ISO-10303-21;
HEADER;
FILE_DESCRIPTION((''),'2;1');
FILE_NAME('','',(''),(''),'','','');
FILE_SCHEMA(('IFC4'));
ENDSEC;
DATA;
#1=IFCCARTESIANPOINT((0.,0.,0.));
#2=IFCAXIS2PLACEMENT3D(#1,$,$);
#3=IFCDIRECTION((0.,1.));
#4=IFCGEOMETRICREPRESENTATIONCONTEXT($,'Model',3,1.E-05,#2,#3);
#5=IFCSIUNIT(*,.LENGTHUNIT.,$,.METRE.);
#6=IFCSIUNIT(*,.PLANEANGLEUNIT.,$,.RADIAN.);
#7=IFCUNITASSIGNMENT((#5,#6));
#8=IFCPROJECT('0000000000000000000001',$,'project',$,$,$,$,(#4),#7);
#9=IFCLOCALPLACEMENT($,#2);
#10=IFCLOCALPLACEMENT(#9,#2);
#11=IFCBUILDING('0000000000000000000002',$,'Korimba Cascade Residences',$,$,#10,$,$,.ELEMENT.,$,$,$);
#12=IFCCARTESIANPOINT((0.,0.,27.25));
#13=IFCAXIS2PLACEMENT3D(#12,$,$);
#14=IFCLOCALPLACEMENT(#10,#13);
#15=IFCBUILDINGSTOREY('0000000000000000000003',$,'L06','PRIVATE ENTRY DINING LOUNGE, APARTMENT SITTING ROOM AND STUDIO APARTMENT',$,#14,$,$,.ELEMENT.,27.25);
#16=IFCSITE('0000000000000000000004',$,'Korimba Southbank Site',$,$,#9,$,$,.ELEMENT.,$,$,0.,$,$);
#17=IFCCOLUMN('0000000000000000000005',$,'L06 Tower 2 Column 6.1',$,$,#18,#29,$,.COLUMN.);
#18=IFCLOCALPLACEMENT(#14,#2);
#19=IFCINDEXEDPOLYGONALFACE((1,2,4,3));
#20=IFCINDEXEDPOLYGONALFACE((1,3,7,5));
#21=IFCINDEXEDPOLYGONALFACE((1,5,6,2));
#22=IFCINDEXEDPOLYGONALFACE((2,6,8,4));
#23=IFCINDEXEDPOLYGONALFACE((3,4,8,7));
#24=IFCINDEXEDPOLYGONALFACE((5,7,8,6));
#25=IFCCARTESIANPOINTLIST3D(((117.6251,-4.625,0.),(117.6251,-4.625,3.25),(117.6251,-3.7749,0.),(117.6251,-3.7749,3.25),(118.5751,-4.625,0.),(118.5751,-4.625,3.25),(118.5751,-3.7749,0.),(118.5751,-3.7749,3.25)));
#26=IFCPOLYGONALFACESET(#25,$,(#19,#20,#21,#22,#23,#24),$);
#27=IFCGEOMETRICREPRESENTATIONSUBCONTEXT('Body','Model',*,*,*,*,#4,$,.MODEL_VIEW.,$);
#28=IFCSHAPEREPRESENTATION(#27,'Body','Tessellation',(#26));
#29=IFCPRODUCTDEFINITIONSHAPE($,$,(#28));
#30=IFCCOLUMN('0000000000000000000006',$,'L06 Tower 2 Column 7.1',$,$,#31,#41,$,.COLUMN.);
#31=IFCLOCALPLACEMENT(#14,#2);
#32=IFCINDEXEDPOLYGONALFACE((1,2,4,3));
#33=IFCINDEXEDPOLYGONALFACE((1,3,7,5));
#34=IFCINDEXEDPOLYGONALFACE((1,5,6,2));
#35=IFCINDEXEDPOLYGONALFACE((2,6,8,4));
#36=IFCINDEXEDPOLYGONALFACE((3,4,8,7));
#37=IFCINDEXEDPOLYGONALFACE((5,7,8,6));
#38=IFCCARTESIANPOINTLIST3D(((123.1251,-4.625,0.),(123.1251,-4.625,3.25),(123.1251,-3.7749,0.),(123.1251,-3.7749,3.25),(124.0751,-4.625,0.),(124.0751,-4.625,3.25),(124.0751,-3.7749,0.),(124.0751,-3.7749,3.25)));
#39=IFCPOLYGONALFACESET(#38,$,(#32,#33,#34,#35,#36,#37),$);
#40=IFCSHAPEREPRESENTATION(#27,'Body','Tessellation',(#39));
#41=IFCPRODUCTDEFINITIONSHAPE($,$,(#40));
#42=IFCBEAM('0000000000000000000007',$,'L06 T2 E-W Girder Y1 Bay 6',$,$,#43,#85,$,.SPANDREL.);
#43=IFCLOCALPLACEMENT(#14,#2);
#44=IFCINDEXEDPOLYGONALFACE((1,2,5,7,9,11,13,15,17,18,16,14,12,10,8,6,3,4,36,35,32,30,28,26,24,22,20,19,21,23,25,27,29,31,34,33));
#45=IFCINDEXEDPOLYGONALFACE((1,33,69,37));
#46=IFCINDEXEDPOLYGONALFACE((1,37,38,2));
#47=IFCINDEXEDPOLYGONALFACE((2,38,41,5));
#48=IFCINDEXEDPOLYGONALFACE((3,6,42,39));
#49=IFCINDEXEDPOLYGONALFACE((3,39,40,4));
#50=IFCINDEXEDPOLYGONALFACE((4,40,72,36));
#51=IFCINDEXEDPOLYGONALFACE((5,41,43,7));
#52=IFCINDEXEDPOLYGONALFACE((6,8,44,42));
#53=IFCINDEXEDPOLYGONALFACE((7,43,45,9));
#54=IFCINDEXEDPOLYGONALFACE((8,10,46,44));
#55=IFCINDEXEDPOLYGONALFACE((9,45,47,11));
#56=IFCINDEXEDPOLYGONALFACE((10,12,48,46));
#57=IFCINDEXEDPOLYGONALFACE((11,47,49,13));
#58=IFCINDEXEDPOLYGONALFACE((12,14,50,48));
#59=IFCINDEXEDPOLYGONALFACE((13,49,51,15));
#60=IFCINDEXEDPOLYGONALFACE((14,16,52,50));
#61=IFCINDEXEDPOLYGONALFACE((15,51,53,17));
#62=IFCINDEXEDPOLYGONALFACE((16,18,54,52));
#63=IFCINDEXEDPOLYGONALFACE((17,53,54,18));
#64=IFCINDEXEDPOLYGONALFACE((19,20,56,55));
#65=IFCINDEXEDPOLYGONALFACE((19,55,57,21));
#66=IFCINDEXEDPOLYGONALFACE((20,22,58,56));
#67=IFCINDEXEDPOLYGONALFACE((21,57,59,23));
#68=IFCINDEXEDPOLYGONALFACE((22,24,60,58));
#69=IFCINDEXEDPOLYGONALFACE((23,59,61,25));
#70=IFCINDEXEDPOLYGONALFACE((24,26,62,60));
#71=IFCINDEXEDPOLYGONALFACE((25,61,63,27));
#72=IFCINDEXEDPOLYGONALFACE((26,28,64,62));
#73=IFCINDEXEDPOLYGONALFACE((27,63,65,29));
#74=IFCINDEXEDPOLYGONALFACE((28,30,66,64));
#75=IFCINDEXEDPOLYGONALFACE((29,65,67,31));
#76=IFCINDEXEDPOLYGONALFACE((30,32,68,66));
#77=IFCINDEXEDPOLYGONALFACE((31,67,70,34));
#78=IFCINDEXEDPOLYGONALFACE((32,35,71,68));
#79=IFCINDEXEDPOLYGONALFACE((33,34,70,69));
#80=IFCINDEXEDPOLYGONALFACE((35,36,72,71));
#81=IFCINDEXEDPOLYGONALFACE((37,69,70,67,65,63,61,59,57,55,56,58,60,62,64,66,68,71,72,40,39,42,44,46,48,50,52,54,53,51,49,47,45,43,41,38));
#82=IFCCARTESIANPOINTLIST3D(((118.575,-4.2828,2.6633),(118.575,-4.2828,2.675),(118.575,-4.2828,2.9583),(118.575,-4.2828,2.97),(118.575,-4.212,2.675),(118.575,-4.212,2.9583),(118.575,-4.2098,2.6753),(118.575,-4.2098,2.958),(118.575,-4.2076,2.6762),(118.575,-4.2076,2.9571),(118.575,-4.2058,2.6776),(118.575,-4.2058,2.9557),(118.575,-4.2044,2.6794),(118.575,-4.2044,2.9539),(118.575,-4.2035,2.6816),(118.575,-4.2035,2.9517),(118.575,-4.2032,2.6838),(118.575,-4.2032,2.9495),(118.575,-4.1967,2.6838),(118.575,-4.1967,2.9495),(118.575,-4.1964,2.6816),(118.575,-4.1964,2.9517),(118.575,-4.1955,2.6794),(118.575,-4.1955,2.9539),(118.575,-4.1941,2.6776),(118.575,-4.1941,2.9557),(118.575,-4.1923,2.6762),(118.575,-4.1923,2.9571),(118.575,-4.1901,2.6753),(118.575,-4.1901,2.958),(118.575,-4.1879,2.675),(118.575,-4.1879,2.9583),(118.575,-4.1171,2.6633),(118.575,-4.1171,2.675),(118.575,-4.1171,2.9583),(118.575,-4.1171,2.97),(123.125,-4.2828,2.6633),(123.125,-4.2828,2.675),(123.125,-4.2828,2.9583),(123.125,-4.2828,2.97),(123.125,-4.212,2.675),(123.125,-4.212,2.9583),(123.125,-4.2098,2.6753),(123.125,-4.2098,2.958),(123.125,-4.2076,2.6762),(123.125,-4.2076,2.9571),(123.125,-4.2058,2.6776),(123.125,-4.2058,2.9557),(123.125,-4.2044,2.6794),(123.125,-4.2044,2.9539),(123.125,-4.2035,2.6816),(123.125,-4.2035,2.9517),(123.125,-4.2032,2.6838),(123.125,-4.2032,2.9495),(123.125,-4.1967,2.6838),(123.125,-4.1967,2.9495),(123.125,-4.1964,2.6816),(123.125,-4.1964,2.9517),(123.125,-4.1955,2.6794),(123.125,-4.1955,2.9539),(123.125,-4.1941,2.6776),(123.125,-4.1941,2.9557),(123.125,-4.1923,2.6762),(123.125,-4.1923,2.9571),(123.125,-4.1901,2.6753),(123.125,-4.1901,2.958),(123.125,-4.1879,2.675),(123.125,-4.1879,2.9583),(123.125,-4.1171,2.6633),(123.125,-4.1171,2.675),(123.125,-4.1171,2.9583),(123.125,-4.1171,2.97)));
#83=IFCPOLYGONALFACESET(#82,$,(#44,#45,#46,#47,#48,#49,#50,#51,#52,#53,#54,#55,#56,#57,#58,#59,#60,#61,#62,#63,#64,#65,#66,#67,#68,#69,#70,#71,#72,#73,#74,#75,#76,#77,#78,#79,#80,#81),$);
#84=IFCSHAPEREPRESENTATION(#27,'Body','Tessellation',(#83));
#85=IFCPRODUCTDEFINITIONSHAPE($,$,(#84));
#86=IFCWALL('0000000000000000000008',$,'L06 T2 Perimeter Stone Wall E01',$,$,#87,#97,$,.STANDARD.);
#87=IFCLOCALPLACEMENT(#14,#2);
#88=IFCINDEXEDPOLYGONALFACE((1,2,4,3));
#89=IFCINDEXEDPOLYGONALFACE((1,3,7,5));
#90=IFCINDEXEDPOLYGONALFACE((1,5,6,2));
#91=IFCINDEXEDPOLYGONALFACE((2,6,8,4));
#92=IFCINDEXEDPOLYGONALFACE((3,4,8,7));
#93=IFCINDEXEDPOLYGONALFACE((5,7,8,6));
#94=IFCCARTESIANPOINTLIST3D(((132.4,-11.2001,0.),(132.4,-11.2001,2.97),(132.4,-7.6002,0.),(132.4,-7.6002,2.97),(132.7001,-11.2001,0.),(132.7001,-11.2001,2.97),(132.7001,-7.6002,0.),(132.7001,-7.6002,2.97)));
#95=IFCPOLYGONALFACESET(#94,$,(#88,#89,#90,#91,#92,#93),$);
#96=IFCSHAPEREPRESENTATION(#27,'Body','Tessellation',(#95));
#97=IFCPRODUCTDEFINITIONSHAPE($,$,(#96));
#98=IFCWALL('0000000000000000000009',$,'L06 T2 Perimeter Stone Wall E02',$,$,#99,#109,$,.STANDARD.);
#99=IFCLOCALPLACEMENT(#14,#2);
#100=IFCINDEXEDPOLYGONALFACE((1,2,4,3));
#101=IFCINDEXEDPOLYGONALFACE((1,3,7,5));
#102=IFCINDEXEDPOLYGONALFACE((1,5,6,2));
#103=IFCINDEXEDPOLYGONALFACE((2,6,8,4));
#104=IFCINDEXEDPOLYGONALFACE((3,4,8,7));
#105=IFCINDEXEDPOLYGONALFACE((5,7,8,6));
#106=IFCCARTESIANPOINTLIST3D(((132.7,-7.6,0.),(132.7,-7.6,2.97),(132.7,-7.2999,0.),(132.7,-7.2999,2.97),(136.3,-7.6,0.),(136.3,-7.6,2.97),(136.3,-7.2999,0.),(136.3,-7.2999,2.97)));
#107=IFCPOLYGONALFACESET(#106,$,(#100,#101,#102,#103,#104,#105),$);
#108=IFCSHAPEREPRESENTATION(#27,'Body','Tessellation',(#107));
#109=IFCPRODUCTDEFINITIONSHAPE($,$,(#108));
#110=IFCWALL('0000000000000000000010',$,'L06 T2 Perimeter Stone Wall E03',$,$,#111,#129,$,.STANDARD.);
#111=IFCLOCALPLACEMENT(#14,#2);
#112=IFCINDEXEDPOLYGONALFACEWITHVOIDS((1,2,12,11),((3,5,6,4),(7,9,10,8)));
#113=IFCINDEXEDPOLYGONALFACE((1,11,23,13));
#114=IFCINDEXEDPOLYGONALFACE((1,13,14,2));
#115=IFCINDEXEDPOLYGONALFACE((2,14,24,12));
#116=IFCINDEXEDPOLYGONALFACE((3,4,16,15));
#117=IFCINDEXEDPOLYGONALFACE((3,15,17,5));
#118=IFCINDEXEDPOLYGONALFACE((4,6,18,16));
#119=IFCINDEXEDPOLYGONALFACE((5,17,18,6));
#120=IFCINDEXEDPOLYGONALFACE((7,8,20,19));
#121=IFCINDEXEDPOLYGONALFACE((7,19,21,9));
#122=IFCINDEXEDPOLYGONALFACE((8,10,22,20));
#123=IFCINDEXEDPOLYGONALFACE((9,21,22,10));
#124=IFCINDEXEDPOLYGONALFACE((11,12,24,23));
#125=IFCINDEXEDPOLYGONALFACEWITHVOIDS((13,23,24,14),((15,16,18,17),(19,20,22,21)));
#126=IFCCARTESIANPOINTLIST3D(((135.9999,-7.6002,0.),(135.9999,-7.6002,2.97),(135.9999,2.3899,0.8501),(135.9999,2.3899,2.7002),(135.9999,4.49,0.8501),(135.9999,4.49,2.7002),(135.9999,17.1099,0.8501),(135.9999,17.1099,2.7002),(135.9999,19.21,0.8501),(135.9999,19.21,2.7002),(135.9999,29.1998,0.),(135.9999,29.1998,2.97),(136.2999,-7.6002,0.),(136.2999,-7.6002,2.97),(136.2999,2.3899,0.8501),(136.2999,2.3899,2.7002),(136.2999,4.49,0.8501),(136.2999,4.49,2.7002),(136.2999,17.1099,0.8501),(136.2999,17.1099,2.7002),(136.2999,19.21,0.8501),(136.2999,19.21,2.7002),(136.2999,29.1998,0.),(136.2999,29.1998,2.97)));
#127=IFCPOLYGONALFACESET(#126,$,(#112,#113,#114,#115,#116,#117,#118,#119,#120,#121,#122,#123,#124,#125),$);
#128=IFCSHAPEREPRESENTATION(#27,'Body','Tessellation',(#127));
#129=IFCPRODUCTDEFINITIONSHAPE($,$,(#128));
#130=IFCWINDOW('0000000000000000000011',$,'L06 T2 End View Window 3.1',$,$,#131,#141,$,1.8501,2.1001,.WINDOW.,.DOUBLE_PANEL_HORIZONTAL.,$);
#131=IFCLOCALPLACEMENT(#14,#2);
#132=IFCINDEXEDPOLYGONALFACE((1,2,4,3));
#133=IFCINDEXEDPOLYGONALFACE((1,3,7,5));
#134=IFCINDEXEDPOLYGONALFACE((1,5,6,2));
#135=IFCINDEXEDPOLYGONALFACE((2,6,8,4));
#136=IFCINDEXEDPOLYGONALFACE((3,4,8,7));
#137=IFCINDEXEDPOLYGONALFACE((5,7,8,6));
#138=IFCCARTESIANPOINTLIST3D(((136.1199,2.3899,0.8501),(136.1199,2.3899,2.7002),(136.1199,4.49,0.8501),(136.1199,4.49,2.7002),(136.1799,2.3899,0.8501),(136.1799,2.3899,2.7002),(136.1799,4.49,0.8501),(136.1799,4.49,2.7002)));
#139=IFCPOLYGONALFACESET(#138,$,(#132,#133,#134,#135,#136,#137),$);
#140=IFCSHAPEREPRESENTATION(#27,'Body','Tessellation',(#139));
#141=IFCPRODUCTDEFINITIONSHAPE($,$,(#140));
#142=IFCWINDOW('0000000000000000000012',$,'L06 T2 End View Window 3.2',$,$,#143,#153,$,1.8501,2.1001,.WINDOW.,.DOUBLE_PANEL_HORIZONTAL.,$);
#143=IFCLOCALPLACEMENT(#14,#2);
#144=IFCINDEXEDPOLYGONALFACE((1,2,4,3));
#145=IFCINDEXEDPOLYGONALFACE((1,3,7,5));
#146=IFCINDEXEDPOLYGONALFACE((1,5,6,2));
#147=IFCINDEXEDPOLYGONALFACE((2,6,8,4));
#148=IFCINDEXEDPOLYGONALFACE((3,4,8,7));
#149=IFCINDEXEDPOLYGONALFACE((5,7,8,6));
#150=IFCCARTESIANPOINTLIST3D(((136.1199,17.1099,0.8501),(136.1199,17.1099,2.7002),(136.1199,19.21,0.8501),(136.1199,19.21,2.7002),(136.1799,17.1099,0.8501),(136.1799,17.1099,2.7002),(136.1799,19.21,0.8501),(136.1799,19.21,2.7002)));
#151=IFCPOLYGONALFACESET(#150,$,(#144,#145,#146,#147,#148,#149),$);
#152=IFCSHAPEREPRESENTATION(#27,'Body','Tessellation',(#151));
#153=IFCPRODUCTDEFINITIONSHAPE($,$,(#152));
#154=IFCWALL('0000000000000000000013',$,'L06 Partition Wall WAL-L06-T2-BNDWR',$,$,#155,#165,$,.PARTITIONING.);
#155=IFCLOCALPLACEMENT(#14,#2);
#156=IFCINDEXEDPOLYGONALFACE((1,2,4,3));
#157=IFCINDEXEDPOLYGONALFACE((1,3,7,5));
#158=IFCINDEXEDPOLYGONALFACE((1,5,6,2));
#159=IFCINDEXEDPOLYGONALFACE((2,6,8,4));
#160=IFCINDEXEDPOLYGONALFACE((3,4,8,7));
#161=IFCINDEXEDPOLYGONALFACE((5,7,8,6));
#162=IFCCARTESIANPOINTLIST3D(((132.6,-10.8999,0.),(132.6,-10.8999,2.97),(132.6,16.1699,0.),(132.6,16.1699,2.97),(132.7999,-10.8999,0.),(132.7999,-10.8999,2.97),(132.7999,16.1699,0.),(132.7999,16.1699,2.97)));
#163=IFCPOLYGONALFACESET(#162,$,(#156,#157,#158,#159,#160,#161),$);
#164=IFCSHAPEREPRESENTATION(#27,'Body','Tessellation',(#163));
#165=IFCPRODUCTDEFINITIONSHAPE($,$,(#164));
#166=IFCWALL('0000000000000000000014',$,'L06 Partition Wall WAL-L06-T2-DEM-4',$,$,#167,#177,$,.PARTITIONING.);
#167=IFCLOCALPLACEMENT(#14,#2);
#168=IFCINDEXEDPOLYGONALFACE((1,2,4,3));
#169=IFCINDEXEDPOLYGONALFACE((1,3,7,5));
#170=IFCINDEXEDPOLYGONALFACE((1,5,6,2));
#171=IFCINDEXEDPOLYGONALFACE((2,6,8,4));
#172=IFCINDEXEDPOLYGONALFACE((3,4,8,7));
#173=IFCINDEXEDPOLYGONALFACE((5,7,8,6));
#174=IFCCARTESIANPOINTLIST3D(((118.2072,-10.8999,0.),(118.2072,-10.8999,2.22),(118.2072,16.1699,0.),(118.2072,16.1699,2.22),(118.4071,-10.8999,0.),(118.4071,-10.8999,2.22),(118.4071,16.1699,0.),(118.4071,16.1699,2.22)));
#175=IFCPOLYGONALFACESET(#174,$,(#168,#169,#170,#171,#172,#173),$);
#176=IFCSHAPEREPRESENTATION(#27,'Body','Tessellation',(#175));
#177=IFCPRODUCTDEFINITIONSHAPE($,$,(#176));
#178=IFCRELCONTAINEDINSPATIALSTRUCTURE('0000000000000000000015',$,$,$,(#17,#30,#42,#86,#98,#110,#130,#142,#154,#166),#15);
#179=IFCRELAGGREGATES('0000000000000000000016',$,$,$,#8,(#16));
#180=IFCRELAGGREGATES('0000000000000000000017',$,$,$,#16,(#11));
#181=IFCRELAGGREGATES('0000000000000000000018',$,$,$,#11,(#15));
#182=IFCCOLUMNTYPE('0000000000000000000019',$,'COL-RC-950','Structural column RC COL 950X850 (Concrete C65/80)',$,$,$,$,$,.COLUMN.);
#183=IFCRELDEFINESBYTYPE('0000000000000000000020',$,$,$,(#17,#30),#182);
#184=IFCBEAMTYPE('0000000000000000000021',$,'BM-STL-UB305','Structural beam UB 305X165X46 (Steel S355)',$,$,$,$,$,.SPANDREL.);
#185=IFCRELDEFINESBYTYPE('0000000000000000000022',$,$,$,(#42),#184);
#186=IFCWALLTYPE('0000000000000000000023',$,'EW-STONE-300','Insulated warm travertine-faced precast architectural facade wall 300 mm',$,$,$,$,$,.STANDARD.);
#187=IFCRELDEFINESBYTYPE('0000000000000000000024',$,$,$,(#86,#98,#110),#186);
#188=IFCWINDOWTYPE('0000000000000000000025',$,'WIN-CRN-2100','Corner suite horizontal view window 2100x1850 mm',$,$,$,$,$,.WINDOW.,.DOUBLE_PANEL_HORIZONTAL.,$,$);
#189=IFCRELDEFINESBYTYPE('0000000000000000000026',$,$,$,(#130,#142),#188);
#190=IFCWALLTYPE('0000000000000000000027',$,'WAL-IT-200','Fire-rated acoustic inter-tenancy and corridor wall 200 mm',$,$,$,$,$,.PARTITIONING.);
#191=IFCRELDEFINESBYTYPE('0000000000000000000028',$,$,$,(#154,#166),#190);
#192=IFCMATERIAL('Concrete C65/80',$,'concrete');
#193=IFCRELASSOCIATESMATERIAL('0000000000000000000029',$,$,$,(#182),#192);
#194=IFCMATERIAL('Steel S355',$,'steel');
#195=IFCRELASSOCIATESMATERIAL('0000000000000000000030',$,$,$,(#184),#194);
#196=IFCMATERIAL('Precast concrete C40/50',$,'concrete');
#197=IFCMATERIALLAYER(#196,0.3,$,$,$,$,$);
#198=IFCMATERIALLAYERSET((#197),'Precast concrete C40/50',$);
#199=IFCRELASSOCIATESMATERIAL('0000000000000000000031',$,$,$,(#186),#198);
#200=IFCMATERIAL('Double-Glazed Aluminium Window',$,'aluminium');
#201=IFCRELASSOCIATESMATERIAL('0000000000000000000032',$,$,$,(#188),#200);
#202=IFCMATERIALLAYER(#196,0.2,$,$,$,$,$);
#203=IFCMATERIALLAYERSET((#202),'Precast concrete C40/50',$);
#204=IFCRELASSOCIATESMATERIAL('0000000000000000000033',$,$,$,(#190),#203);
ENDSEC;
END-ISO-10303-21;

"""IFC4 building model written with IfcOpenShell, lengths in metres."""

from ifc_helpers import new_model, si_unit, direction, frame, frame_2d, origin, origin_2d, place, context, subcontext, project, spatial, rectangle, i_section, extrude, material, layer, layer_set, material_profile, profile_set, type_object, element, fill, save


model = new_model("IFC4")

# Units and contexts
model_context = context("Model", 3, precision=1e-05, world=origin(), true_north=direction((0.0, 1.0)))
body_context = subcontext(model_context, "Body", "Model", "MODEL_VIEW")
ifc_project = project(units=[si_unit("LENGTHUNIT", "METRE"), si_unit("PLANEANGLEUNIT", "RADIAN")], contexts=[model_context])

# Site, building, storey
site_placement = place(None, origin())
site = spatial("IfcSite", under=ifc_project, at=site_placement, Name="Korimba Southbank Site", CompositionType="ELEMENT", RefElevation=0.0)
building_placement = place(site_placement, origin())
building = spatial("IfcBuilding", under=site, at=building_placement, Name="Korimba Cascade Residences", CompositionType="ELEMENT")
storey_placement = place(building_placement, frame((0.0, 0.0, 27.25)))
storey = spatial("IfcBuildingStorey", under=building, at=storey_placement, Name="L06", Description="PRIVATE ENTRY DINING LOUNGE, APARTMENT SITTING ROOM AND STUDIO APARTMENT", CompositionType="ELEMENT", Elevation=27.25)

# Columns
ifc_material_1 = material(Name="Concrete C65/80", Category="concrete")
ifc_material_profile_1 = material_profile(ifc_material_1, rectangle(XDim=0.95, YDim=0.8501, at=origin_2d()), Name="Concrete C65/80")
ifc_profile_set_1 = profile_set([ifc_material_profile_1], Name="Concrete C65/80")
column_type = type_object("IfcColumnType", Name="COL-RC-950", Description="Structural column RC COL 950X850 (Concrete C65/80)", PredefinedType="COLUMN", material=ifc_profile_set_1)
for number, where, z_axis, x_axis, name in (
    (1, (118.1001, -4.2, 0.0), (0.0, 0.0, 1.0), (1.0, 0.0, 0.0), "L06 Tower 2 Column 6.1"),
    (2, (123.6001, -4.2, 0.0), (0.0, 0.0, 1.0), (1.0, 0.0, 0.0), "L06 Tower 2 Column 7.1"),
):
    element("IfcColumn", number, at=place(storey_placement, frame(where, z_axis=z_axis, x_axis=x_axis)), inside=storey, type_object=column_type, Name=name, PredefinedType="COLUMN", context=body_context, shape_type="SweptSolid", body=[
        extrude(rectangle(XDim=0.95, YDim=0.8501, at=origin_2d()), origin(), (0.0, 0.0, 1.0), 3.25),
    ])

# Beam
ifc_material_2 = material(Name="Steel S355", Category="steel")
ifc_material_profile_2 = material_profile(ifc_material_2, i_section(OverallWidth=0.1658, OverallDepth=0.3066, WebThickness=0.0066, FlangeThickness=0.0117, FilletRadius=0.0088, at=origin_2d()), Name="Steel S355")
ifc_profile_set_2 = profile_set([ifc_material_profile_2], Name="Steel S355")
beam_type = type_object("IfcBeamType", Name="BM-STL-UB305", Description="Structural beam UB 305X165X46 (Steel S355)", PredefinedType="SPANDREL", material=ifc_profile_set_2)
beam_placement = place(storey_placement, frame((118.575, -4.2, 2.8167), z_axis=(1.0, 0.0, 0.0), x_axis=(0.0, 1.0, 0.0)))
element("IfcBeam", 3, at=beam_placement, inside=storey, type_object=beam_type, Name="L06 T2 E-W Girder Y1 Bay 6", PredefinedType="SPANDREL", context=body_context, shape_type="SweptSolid", body=[
    extrude(i_section(OverallWidth=0.1658, OverallDepth=0.3066, WebThickness=0.0066, FlangeThickness=0.0117, FilletRadius=0.0088, at=origin_2d()), origin(), (0.0, 0.0, 1.0), 4.55),
])

# Walls
ifc_material_3 = material(Name="Precast concrete C40/50", Category="concrete")
ifc_layer_1 = layer(ifc_material_3, 0.3)
ifc_layer_set_1 = layer_set([ifc_layer_1], Name="Precast concrete C40/50")
wall_type_1 = type_object("IfcWallType", Name="EW-STONE-300", Description="Insulated warm travertine-faced precast architectural facade wall 300 mm", PredefinedType="STANDARD", material=ifc_layer_set_1)
wall_1_placement = place(storey_placement, frame((132.55, -11.2, 0.0), z_axis=(0.0, 0.0, 1.0), x_axis=(0.0, 1.0, 0.0)))
element("IfcWall", 4, at=wall_1_placement, inside=storey, type_object=wall_type_1, Name="L06 T2 Perimeter Stone Wall E01", PredefinedType="STANDARD", context=body_context, shape_type="SweptSolid", body=[
    extrude(rectangle(XDim=3.5999, YDim=0.3, at=frame_2d((1.7998, 0.0))), origin(), (0.0, 0.0, 1.0), 2.97),
])
wall_2_placement = place(storey_placement, frame((132.7, -7.45, 0.0), z_axis=(0.0, 0.0, 1.0), x_axis=(1.0, 0.0, 0.0)))
element("IfcWall", 5, at=wall_2_placement, inside=storey, type_object=wall_type_1, Name="L06 T2 Perimeter Stone Wall E02", PredefinedType="STANDARD", context=body_context, shape_type="SweptSolid", body=[
    extrude(rectangle(XDim=3.6001, YDim=0.3, at=frame_2d((1.8, 0.0))), origin(), (0.0, 0.0, 1.0), 2.97),
])

# Wall, openings, windows
wall_3_placement = place(storey_placement, frame((136.1499, -7.6001, 0.0), z_axis=(0.0, 0.0, 1.0), x_axis=(0.0, 1.0, 0.0)))
wall_3 = element("IfcWall", 6, at=wall_3_placement, inside=storey, type_object=wall_type_1, Name="L06 T2 Perimeter Stone Wall E03", PredefinedType="STANDARD", context=body_context, shape_type="SweptSolid", body=[
    extrude(rectangle(XDim=36.8, YDim=0.3, at=frame_2d((18.3999, 0.0))), origin(), (0.0, 0.0, 1.0), 2.97),
])
opening_1_placement = place(wall_3_placement, frame((9.99, 0.0, 0.8501)))
opening_1 = element("IfcOpeningElement", 7, at=opening_1_placement, cuts=wall_3, PredefinedType="OPENING", context=body_context, shape_type="SweptSolid", body=[
    extrude(rectangle(XDim=2.1001, YDim=1.8501, at=frame_2d((1.05, 0.925))), frame((0.0, 0.1602, 0.0), z_axis=(0.0, -1.0, 0.0), x_axis=(1.0, 0.0, 0.0)), (0.0, 0.0, 1.0), 0.3201),
])
opening_2_placement = place(wall_3_placement, frame((24.71, 0.0, 0.8501)))
opening_2 = element("IfcOpeningElement", 8, at=opening_2_placement, cuts=wall_3, PredefinedType="OPENING", context=body_context, shape_type="SweptSolid", body=[
    extrude(rectangle(XDim=2.1001, YDim=1.8501, at=frame_2d((1.05, 0.925))), frame((0.0, 0.1602, 0.0), z_axis=(0.0, -1.0, 0.0), x_axis=(1.0, 0.0, 0.0)), (0.0, 0.0, 1.0), 0.3201),
])
ifc_material_4 = material(Name="Double-Glazed Aluminium Window", Category="aluminium")
window_type = type_object("IfcWindowType", Name="WIN-CRN-2100", Description="Corner suite horizontal view window 2100x1850 mm", PartitioningType="DOUBLE_PANEL_HORIZONTAL", PredefinedType="WINDOW", material=ifc_material_4)
window_1_placement = place(opening_1_placement, origin())
window_1 = element("IfcWindow", 9, at=window_1_placement, inside=storey, type_object=window_type, Name="L06 T2 End View Window 3.1", OverallHeight=1.8501, OverallWidth=2.1001, PartitioningType="DOUBLE_PANEL_HORIZONTAL", PredefinedType="WINDOW", context=body_context, shape_type="SweptSolid", body=[
    extrude(rectangle(XDim=2.1001, YDim=1.8501, at=frame_2d((1.05, 0.925))), frame((0.0, 0.03, 0.0), z_axis=(0.0, -1.0, 0.0), x_axis=(1.0, 0.0, 0.0)), (0.0, 0.0, 1.0), 0.0601),
])
fill(opening_1, window_1)
window_2_placement = place(opening_2_placement, origin())
window_2 = element("IfcWindow", 10, at=window_2_placement, inside=storey, type_object=window_type, Name="L06 T2 End View Window 3.2", OverallHeight=1.8501, OverallWidth=2.1001, PartitioningType="DOUBLE_PANEL_HORIZONTAL", PredefinedType="WINDOW", context=body_context, shape_type="SweptSolid", body=[
    extrude(rectangle(XDim=2.1001, YDim=1.8501, at=frame_2d((1.05, 0.925))), frame((0.0, 0.03, 0.0), z_axis=(0.0, -1.0, 0.0), x_axis=(1.0, 0.0, 0.0)), (0.0, 0.0, 1.0), 0.0601),
])
fill(opening_2, window_2)

# Walls
ifc_layer_2 = layer(ifc_material_3, 0.2)
ifc_layer_set_2 = layer_set([ifc_layer_2], Name="Precast concrete C40/50")
wall_type_2 = type_object("IfcWallType", Name="WAL-IT-200", Description="Fire-rated acoustic inter-tenancy and corridor wall 200 mm", PredefinedType="PARTITIONING", material=ifc_layer_set_2)
wall_4_placement = place(storey_placement, frame((132.7, -10.8999, 0.0), z_axis=(0.0, 0.0, 1.0), x_axis=(0.0, 1.0, 0.0)))
element("IfcWall", 11, at=wall_4_placement, inside=storey, type_object=wall_type_2, Name="L06 Partition Wall WAL-L06-T2-BNDWR", PredefinedType="PARTITIONING", context=body_context, shape_type="SweptSolid", body=[
    extrude(rectangle(XDim=27.0698, YDim=0.2, at=frame_2d((13.5349, 0.0))), origin(), (0.0, 0.0, 1.0), 2.97),
])
wall_5_placement = place(storey_placement, frame((118.3071, -10.8999, 0.0), z_axis=(0.0, 0.0, 1.0), x_axis=(0.0, 1.0, 0.0)))
element("IfcWall", 12, at=wall_5_placement, inside=storey, type_object=wall_type_2, Name="L06 Partition Wall WAL-L06-T2-DEM-4", PredefinedType="PARTITIONING", context=body_context, shape_type="SweptSolid", body=[
    extrude(rectangle(XDim=27.0698, YDim=0.2, at=frame_2d((13.5349, 0.0))), origin(), (0.0, 0.0, 1.0), 2.22),
])

save(model, "model.ifc")
